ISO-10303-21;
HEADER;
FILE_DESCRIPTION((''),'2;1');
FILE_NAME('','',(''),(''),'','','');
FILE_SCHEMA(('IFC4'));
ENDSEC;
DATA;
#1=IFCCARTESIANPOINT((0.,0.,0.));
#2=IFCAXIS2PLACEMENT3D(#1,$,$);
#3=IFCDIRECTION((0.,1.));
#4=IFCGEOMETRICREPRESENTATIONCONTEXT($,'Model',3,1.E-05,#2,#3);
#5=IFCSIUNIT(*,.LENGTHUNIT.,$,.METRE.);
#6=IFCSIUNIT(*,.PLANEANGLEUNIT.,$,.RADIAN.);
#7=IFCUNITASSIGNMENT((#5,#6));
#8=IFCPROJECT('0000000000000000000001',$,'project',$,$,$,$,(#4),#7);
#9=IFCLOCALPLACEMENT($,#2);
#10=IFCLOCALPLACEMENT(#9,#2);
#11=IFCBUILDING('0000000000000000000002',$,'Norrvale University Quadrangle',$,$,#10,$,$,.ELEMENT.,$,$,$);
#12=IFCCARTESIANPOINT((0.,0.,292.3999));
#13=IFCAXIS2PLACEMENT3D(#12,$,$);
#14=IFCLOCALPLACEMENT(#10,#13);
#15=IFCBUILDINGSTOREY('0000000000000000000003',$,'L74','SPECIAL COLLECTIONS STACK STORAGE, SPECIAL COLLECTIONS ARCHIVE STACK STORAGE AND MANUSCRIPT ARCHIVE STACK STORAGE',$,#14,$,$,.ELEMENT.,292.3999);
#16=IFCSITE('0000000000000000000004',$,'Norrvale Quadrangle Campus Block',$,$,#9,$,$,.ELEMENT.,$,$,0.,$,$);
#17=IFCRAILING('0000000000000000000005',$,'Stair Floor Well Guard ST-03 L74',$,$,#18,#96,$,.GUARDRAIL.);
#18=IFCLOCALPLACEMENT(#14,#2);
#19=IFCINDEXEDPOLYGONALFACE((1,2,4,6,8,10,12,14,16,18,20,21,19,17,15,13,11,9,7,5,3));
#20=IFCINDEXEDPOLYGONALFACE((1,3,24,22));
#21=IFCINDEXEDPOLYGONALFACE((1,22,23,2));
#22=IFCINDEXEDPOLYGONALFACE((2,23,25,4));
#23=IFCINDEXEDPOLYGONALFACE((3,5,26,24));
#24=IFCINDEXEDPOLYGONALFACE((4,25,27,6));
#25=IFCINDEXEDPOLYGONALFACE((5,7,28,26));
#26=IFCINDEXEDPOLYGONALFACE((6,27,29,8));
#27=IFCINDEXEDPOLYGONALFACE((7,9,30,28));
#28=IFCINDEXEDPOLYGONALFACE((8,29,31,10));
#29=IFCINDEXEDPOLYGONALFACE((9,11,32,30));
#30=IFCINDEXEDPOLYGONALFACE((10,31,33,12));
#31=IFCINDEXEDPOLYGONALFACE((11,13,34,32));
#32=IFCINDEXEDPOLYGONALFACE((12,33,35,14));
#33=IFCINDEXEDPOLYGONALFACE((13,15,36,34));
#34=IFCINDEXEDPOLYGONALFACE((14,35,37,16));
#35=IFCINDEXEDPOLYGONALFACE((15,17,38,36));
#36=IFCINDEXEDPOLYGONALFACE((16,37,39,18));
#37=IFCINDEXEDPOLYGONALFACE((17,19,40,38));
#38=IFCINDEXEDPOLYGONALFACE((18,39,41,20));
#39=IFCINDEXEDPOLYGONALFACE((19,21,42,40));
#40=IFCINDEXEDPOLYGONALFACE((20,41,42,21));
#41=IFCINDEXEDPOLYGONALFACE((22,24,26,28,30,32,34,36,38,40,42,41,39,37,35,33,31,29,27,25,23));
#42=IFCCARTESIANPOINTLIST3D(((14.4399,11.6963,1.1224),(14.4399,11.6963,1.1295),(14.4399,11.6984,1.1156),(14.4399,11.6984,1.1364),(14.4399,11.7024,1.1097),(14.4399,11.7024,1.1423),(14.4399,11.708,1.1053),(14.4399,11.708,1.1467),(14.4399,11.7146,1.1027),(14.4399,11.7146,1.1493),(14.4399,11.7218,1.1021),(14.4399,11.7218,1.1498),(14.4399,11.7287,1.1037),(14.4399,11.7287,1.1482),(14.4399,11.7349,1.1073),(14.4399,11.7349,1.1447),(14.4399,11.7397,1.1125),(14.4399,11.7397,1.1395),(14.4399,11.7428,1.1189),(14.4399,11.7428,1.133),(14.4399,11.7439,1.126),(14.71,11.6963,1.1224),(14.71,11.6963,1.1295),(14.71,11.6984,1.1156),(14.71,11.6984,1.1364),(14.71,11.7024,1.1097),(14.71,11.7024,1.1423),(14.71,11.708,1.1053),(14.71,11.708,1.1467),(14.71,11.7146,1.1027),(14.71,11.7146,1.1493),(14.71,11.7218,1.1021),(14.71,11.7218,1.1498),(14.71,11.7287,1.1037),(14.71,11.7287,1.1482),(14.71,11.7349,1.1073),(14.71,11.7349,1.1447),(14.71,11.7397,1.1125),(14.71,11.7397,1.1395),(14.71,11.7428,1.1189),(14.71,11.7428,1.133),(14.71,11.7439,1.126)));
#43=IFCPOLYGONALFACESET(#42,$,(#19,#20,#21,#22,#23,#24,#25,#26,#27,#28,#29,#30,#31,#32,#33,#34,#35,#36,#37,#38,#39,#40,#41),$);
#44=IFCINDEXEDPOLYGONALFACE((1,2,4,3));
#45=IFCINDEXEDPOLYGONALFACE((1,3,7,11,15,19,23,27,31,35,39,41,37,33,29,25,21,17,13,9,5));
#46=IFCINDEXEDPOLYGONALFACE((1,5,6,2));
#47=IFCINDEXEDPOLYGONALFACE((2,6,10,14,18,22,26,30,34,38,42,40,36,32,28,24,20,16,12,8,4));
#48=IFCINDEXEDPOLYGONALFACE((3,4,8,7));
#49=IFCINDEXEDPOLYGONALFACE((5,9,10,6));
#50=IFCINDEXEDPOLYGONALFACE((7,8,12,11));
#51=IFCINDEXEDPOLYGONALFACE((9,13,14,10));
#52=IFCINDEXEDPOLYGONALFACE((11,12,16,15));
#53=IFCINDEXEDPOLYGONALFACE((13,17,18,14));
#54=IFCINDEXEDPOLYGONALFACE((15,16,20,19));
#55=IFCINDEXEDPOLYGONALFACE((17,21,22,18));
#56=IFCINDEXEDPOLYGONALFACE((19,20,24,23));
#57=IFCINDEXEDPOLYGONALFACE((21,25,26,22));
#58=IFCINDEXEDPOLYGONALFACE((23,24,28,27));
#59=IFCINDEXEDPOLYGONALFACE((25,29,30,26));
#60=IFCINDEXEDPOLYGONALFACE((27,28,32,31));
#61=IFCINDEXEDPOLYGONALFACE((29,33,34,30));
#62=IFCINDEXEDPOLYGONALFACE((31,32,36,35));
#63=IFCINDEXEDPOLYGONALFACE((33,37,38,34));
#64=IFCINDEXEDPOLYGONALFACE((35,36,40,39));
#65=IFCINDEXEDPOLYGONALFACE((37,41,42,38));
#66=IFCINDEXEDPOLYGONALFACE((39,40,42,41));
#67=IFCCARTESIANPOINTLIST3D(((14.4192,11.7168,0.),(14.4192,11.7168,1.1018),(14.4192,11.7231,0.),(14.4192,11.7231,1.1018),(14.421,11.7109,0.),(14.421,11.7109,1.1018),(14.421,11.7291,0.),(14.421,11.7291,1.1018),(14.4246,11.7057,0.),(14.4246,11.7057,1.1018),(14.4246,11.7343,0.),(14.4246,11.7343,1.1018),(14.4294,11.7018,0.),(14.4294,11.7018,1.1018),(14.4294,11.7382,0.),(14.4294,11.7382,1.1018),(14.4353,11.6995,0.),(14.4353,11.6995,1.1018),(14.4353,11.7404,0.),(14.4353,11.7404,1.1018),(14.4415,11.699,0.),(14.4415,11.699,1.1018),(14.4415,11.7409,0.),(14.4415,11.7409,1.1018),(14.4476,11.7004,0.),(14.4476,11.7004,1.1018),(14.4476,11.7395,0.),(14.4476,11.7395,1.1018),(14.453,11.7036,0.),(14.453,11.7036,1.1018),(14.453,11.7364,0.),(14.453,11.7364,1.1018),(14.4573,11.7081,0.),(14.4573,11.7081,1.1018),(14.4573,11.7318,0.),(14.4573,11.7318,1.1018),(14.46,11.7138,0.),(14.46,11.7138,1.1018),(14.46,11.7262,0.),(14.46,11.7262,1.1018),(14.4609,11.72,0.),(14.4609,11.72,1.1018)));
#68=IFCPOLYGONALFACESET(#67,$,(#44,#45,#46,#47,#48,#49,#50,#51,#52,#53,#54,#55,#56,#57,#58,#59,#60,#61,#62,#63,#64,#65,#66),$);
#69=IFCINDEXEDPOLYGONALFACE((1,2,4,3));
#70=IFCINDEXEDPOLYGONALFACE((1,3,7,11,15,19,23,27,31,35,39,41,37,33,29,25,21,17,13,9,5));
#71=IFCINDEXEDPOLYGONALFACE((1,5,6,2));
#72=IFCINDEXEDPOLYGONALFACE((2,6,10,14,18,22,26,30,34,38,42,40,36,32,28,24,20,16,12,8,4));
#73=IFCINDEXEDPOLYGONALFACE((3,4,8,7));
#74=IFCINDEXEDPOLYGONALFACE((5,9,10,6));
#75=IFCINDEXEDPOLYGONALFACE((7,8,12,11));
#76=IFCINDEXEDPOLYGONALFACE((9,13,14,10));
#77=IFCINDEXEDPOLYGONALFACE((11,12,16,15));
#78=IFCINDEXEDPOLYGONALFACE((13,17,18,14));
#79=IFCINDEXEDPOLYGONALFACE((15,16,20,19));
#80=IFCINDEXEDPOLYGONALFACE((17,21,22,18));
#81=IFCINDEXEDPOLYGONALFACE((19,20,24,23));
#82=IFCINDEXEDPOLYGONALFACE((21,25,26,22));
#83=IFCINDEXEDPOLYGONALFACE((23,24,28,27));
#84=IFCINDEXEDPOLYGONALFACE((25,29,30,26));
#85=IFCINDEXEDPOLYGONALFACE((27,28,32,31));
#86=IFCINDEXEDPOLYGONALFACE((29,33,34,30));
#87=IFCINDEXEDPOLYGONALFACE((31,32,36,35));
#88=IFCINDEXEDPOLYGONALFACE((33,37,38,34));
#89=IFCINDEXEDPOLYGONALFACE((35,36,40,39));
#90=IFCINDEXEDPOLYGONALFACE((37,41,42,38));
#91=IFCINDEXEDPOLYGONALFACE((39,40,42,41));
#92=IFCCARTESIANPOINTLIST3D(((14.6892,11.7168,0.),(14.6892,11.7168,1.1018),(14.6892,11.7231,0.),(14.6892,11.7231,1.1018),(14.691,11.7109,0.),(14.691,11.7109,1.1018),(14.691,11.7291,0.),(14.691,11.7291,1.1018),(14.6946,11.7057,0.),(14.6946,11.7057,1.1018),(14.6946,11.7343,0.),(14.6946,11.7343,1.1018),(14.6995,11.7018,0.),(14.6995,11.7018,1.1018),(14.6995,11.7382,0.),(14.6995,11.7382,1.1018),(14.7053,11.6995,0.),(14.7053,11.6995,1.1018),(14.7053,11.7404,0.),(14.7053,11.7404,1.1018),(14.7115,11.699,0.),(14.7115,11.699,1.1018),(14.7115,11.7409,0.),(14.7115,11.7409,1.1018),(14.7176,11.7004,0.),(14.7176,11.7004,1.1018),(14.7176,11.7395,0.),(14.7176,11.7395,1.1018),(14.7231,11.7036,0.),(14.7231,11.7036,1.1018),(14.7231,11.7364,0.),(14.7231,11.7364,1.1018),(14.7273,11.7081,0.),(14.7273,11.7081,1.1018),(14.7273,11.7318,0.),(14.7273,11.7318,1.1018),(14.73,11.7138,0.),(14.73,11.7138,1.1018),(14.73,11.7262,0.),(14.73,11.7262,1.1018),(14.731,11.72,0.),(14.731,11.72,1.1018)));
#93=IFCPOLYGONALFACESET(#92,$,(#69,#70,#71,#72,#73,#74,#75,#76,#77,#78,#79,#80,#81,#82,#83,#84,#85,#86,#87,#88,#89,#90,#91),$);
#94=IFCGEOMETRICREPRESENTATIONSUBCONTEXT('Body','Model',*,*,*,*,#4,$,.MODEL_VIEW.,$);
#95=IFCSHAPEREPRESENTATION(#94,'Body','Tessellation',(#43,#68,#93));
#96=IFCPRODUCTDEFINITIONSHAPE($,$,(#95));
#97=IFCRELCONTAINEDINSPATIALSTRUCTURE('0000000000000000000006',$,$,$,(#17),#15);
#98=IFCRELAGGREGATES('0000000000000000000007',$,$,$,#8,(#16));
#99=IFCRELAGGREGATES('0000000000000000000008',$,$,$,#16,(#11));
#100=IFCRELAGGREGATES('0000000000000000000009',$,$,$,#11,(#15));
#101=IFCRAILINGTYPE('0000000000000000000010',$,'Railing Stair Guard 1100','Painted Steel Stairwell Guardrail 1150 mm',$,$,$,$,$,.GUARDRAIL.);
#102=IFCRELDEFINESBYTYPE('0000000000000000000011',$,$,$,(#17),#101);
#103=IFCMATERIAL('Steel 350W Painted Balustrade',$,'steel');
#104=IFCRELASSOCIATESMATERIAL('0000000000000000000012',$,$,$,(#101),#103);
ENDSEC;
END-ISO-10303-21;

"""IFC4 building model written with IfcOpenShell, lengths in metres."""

from ifc_helpers import new_model, si_unit, direction, frame, origin, origin_2d, place, context, subcontext, project, spatial, circle, extrude, material, type_object, element, save


model = new_model("IFC4")

# Units and contexts
model_context = context("Model", 3, precision=1e-05, world=origin(), true_north=direction((0.0, 1.0)))
body_context = subcontext(model_context, "Body", "Model", "MODEL_VIEW")
ifc_project = project(units=[si_unit("LENGTHUNIT", "METRE"), si_unit("PLANEANGLEUNIT", "RADIAN")], contexts=[model_context])

# Site, building, storey
site_placement = place(None, origin())
site = spatial("IfcSite", under=ifc_project, at=site_placement, Name="Norrvale Quadrangle Campus Block", CompositionType="ELEMENT", RefElevation=0.0)
building_placement = place(site_placement, origin())
building = spatial("IfcBuilding", under=site, at=building_placement, Name="Norrvale University Quadrangle", CompositionType="ELEMENT")
storey_placement = place(building_placement, frame((0.0, 0.0, 292.3999)))
storey = spatial("IfcBuildingStorey", under=building, at=storey_placement, Name="L74", Description="SPECIAL COLLECTIONS STACK STORAGE, SPECIAL COLLECTIONS ARCHIVE STACK STORAGE AND MANUSCRIPT ARCHIVE STACK STORAGE", CompositionType="ELEMENT", Elevation=292.3999)

# Railing
ifc_material_1 = material(Name="Steel 350W Painted Balustrade", Category="steel")
railing_type_1 = type_object("IfcRailingType", Name="Railing Stair Guard 1100", Description="Painted Steel Stairwell Guardrail 1150 mm", PredefinedType="GUARDRAIL", material=ifc_material_1)
railing_1_placement = place(storey_placement, frame((14.4399, 11.72, 0.0)))
element("IfcRailing", 1, at=railing_1_placement, inside=storey, type_object=railing_type_1, Name="Stair Floor Well Guard ST-03 L74", PredefinedType="GUARDRAIL", context=body_context, shape_type="SweptSolid", body=[
    extrude(circle(Radius=0.0239, at=origin_2d()), frame((0.0, 0.0, 1.126), z_axis=(1.0, 0.0, 0.0), x_axis=(0.0, 1.0, 0.0)), (0.0, 0.0, 1.0), 0.27),
    extrude(circle(Radius=0.021, at=origin_2d()), origin(), (0.0, 0.0, 1.0), 1.1018),
    extrude(circle(Radius=0.021, at=origin_2d()), frame((0.27, 0.0, 0.0)), (0.0, 0.0, 1.0), 1.1018),
])

save(model, "model.ifc")
